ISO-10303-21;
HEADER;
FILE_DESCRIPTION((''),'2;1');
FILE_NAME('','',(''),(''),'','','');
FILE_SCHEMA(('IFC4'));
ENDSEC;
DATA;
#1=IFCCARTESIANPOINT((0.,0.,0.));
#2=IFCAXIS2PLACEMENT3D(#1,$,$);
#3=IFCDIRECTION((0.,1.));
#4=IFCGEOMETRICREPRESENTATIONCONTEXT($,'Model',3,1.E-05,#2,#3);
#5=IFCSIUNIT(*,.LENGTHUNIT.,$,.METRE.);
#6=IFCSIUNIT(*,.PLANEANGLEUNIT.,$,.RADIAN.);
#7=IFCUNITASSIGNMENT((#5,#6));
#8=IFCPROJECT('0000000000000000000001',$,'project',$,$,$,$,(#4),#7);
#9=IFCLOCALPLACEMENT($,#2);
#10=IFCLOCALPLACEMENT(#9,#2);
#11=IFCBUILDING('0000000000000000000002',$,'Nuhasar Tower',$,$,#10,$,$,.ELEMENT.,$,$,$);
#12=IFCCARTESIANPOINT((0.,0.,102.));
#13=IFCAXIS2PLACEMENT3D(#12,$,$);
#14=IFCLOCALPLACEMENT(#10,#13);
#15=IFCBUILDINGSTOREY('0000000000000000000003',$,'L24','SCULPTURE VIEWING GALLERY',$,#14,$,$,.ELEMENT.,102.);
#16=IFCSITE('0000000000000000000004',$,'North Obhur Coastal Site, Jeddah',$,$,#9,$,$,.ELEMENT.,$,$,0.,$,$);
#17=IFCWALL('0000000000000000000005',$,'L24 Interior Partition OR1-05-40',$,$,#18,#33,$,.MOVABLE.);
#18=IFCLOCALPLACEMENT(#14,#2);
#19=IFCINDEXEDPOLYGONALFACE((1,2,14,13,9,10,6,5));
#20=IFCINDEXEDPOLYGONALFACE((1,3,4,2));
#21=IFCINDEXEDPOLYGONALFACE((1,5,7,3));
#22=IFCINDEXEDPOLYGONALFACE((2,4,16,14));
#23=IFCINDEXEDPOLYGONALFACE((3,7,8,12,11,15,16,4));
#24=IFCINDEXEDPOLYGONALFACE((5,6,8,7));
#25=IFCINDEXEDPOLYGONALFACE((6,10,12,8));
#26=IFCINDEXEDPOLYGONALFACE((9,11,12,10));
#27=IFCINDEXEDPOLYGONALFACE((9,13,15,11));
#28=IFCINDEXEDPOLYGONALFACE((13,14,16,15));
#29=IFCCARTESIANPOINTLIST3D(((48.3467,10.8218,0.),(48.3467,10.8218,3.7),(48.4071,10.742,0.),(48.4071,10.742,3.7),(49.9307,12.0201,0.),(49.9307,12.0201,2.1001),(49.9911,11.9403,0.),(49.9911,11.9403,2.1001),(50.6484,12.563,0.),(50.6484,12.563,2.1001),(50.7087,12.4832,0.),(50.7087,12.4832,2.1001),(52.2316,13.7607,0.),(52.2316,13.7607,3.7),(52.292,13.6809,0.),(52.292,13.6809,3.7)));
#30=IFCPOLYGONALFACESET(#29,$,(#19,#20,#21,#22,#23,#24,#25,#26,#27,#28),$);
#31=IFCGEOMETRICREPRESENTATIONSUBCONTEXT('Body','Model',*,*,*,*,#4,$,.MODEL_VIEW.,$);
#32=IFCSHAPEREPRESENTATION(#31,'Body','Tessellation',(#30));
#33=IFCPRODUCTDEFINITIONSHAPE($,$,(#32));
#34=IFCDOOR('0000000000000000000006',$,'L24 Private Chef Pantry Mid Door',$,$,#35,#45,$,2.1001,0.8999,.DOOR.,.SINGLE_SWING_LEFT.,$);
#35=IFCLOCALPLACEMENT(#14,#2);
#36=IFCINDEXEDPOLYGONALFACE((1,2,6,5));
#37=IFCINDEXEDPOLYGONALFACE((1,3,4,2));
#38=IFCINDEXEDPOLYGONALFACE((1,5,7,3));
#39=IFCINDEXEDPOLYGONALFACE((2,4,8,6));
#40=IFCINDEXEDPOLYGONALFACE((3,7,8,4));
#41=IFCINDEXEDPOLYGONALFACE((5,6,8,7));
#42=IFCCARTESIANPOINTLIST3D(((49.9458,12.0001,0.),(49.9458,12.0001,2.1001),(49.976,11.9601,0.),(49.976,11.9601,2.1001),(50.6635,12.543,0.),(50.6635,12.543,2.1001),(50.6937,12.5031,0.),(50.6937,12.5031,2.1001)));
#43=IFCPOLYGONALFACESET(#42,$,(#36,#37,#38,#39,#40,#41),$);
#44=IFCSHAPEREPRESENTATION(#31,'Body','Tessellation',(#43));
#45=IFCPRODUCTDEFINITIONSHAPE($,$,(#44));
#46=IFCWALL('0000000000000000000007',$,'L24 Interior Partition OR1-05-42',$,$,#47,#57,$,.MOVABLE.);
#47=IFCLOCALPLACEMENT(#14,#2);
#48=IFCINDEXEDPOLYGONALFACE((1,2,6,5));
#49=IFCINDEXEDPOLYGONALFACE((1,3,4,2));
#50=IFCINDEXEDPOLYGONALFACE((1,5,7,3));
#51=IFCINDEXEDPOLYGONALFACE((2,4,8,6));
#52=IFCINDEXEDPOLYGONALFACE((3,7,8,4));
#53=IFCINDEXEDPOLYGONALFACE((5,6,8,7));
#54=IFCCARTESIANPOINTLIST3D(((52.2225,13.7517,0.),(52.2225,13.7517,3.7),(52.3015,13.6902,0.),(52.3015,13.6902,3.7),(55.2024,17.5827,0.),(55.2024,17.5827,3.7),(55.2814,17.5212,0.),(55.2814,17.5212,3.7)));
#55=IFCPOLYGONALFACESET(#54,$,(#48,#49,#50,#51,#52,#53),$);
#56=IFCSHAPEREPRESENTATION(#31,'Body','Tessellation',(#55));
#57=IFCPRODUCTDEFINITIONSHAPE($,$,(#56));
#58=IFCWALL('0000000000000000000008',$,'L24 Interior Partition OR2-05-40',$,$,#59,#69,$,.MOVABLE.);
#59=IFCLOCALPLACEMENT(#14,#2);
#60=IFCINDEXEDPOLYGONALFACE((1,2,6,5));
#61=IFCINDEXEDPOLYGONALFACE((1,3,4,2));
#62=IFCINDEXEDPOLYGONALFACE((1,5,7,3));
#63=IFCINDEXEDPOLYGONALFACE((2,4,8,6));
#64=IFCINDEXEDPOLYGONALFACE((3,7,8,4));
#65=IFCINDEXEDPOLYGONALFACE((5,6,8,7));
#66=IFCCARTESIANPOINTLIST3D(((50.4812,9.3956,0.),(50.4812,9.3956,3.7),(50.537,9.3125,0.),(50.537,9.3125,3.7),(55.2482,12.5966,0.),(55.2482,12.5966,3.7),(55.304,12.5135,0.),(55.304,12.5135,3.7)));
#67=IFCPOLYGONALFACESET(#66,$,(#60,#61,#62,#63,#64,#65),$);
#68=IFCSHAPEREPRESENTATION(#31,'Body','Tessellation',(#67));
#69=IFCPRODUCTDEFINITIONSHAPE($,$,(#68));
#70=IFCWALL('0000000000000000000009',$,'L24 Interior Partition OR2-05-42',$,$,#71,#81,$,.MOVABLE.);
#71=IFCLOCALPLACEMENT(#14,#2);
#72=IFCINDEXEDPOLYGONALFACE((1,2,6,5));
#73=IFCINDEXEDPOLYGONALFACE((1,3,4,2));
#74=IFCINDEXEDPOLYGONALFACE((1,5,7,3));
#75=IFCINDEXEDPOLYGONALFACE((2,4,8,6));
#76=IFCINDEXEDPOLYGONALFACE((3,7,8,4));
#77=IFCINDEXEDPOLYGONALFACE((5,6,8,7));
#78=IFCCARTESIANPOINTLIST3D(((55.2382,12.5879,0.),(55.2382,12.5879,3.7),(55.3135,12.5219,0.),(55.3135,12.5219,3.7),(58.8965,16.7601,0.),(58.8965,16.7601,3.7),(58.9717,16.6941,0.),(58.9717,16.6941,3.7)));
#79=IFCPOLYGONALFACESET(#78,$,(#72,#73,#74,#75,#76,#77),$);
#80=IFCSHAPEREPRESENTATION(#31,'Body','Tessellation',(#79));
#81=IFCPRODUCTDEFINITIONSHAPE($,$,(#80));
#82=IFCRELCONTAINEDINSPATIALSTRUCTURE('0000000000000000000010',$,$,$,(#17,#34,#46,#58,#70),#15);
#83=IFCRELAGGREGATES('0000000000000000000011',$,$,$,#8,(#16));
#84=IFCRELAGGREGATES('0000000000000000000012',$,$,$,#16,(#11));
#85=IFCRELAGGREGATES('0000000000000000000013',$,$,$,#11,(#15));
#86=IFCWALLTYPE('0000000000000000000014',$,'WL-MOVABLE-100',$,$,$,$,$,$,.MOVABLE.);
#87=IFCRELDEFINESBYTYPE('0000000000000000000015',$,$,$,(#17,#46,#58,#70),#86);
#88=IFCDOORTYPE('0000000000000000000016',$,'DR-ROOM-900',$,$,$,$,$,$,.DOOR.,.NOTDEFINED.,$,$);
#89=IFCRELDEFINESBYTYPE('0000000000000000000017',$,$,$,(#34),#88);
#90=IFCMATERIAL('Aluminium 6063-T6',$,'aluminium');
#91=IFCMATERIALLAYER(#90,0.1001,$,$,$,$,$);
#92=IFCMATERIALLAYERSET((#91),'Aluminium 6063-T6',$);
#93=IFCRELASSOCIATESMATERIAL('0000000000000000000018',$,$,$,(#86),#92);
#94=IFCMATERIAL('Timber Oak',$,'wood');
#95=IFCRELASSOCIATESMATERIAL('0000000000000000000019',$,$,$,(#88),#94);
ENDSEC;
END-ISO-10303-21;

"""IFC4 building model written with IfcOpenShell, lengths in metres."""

from ifc_helpers import new_model, si_unit, direction, frame, frame_2d, origin, place, context, subcontext, project, spatial, rectangle, extrude, material, layer, layer_set, type_object, element, fill, save


model = new_model("IFC4")

# Units and contexts
model_context = context("Model", 3, precision=1e-05, world=origin(), true_north=direction((0.0, 1.0)))
body_context = subcontext(model_context, "Body", "Model", "MODEL_VIEW")
ifc_project = project(units=[si_unit("LENGTHUNIT", "METRE"), si_unit("PLANEANGLEUNIT", "RADIAN")], contexts=[model_context])

# Site, building, storey
site_placement = place(None, origin())
site = spatial("IfcSite", under=ifc_project, at=site_placement, Name="North Obhur Coastal Site, Jeddah", CompositionType="ELEMENT", RefElevation=0.0)
building_placement = place(site_placement, origin())
building = spatial("IfcBuilding", under=site, at=building_placement, Name="Nuhasar Tower", CompositionType="ELEMENT")
storey_placement = place(building_placement, frame((0.0, 0.0, 102.0)))
storey = spatial("IfcBuildingStorey", under=building, at=storey_placement, Name="L24", Description="SCULPTURE VIEWING GALLERY", CompositionType="ELEMENT", Elevation=102.0)

# Shared definitions
ifc_material_1 = material(Name="Aluminium 6063-T6", Category="aluminium")

# Wall, opening, door
ifc_layer_1 = layer(ifc_material_1, 0.1001)
ifc_layer_set_1 = layer_set([ifc_layer_1], Name="Aluminium 6063-T6")
wall_type_1 = type_object("IfcWallType", Name="WL-MOVABLE-100", PredefinedType="MOVABLE", material=ifc_layer_set_1)
wall_1_placement = place(storey_placement, frame((48.377, 10.782, 0.0), z_axis=(0.0, 0.0, 1.0), x_axis=(0.797509, 0.603307, 0.0)))
wall_1 = element("IfcWall", 1, at=wall_1_placement, inside=storey, type_object=wall_type_1, Name="L24 Interior Partition OR1-05-40", PredefinedType="MOVABLE", context=body_context, shape_type="SweptSolid", body=[
    extrude(rectangle(XDim=4.8713, YDim=0.1001, at=frame_2d((2.4355, 0.0))), origin(), (0.0, 0.0, 1.0), 3.7),
])
opening_placement = place(wall_1_placement, frame((1.9861, 0.0, 0.0)))
opening = element("IfcOpeningElement", 2, at=opening_placement, cuts=wall_1, PredefinedType="OPENING", context=body_context, shape_type="SweptSolid", body=[
    extrude(rectangle(XDim=0.8999, YDim=2.1001, at=frame_2d((0.45, 1.05))), frame((0.0, 0.0601, 0.0), z_axis=(0.0, -1.0, 0.0), x_axis=(1.0, 0.0, 0.0)), (0.0, 0.0, 1.0), 0.1201),
])
ifc_material_2 = material(Name="Timber Oak", Category="wood")
door_type = type_object("IfcDoorType", Name="DR-ROOM-900", OperationType="NOTDEFINED", PredefinedType="DOOR", material=ifc_material_2)
door_placement = place(opening_placement, origin())
door = element("IfcDoor", 3, at=door_placement, inside=storey, type_object=door_type, Name="L24 Private Chef Pantry Mid Door", OperationType="SINGLE_SWING_LEFT", OverallHeight=2.1001, OverallWidth=0.8999, PredefinedType="DOOR", context=body_context, shape_type="SweptSolid", body=[
    extrude(rectangle(XDim=0.8999, YDim=2.1001, at=frame_2d((0.45, 1.05))), frame((0.0, 0.0249, 0.0), z_axis=(0.0, -1.0, 0.0), x_axis=(1.0, 0.0, 0.0)), (0.0, 0.0, 1.0), 0.05),
])
fill(opening, door)

# Walls
wall_2_placement = place(storey_placement, frame((52.262, 13.7209, 0.0), z_axis=(0.0, 0.0, 1.0), x_axis=(0.613975, 0.789325, 0.0)))
element("IfcWall", 4, at=wall_2_placement, inside=storey, type_object=wall_type_1, Name="L24 Interior Partition OR1-05-42", PredefinedType="MOVABLE", context=body_context, shape_type="SweptSolid", body=[
    extrude(rectangle(XDim=4.8535, YDim=0.1001, at=frame_2d((2.4268, 0.0))), origin(), (0.0, 0.0, 1.0), 3.7),
])
wall_3_placement = place(storey_placement, frame((50.509, 9.354, 0.0), z_axis=(0.0, 0.0, 1.0), x_axis=(0.830194, 0.557474, 0.0)))
element("IfcWall", 5, at=wall_3_placement, inside=storey, type_object=wall_type_1, Name="L24 Interior Partition OR2-05-40", PredefinedType="MOVABLE", context=body_context, shape_type="SweptSolid", body=[
    extrude(rectangle(XDim=5.7419, YDim=0.1001, at=frame_2d((2.8711, 0.0))), origin(), (0.0, 0.0, 1.0), 3.7),
])
wall_4_placement = place(storey_placement, frame((55.2759, 12.5549, 0.0), z_axis=(0.0, 0.0, 1.0), x_axis=(0.65928, 0.751898, 0.0)))
element("IfcWall", 6, at=wall_4_placement, inside=storey, type_object=wall_type_1, Name="L24 Interior Partition OR2-05-42", PredefinedType="MOVABLE", context=body_context, shape_type="SweptSolid", body=[
    extrude(rectangle(XDim=5.5488, YDim=0.1001, at=frame_2d((2.7744, 0.0))), origin(), (0.0, 0.0, 1.0), 3.7),
])

save(model, "model.ifc")
